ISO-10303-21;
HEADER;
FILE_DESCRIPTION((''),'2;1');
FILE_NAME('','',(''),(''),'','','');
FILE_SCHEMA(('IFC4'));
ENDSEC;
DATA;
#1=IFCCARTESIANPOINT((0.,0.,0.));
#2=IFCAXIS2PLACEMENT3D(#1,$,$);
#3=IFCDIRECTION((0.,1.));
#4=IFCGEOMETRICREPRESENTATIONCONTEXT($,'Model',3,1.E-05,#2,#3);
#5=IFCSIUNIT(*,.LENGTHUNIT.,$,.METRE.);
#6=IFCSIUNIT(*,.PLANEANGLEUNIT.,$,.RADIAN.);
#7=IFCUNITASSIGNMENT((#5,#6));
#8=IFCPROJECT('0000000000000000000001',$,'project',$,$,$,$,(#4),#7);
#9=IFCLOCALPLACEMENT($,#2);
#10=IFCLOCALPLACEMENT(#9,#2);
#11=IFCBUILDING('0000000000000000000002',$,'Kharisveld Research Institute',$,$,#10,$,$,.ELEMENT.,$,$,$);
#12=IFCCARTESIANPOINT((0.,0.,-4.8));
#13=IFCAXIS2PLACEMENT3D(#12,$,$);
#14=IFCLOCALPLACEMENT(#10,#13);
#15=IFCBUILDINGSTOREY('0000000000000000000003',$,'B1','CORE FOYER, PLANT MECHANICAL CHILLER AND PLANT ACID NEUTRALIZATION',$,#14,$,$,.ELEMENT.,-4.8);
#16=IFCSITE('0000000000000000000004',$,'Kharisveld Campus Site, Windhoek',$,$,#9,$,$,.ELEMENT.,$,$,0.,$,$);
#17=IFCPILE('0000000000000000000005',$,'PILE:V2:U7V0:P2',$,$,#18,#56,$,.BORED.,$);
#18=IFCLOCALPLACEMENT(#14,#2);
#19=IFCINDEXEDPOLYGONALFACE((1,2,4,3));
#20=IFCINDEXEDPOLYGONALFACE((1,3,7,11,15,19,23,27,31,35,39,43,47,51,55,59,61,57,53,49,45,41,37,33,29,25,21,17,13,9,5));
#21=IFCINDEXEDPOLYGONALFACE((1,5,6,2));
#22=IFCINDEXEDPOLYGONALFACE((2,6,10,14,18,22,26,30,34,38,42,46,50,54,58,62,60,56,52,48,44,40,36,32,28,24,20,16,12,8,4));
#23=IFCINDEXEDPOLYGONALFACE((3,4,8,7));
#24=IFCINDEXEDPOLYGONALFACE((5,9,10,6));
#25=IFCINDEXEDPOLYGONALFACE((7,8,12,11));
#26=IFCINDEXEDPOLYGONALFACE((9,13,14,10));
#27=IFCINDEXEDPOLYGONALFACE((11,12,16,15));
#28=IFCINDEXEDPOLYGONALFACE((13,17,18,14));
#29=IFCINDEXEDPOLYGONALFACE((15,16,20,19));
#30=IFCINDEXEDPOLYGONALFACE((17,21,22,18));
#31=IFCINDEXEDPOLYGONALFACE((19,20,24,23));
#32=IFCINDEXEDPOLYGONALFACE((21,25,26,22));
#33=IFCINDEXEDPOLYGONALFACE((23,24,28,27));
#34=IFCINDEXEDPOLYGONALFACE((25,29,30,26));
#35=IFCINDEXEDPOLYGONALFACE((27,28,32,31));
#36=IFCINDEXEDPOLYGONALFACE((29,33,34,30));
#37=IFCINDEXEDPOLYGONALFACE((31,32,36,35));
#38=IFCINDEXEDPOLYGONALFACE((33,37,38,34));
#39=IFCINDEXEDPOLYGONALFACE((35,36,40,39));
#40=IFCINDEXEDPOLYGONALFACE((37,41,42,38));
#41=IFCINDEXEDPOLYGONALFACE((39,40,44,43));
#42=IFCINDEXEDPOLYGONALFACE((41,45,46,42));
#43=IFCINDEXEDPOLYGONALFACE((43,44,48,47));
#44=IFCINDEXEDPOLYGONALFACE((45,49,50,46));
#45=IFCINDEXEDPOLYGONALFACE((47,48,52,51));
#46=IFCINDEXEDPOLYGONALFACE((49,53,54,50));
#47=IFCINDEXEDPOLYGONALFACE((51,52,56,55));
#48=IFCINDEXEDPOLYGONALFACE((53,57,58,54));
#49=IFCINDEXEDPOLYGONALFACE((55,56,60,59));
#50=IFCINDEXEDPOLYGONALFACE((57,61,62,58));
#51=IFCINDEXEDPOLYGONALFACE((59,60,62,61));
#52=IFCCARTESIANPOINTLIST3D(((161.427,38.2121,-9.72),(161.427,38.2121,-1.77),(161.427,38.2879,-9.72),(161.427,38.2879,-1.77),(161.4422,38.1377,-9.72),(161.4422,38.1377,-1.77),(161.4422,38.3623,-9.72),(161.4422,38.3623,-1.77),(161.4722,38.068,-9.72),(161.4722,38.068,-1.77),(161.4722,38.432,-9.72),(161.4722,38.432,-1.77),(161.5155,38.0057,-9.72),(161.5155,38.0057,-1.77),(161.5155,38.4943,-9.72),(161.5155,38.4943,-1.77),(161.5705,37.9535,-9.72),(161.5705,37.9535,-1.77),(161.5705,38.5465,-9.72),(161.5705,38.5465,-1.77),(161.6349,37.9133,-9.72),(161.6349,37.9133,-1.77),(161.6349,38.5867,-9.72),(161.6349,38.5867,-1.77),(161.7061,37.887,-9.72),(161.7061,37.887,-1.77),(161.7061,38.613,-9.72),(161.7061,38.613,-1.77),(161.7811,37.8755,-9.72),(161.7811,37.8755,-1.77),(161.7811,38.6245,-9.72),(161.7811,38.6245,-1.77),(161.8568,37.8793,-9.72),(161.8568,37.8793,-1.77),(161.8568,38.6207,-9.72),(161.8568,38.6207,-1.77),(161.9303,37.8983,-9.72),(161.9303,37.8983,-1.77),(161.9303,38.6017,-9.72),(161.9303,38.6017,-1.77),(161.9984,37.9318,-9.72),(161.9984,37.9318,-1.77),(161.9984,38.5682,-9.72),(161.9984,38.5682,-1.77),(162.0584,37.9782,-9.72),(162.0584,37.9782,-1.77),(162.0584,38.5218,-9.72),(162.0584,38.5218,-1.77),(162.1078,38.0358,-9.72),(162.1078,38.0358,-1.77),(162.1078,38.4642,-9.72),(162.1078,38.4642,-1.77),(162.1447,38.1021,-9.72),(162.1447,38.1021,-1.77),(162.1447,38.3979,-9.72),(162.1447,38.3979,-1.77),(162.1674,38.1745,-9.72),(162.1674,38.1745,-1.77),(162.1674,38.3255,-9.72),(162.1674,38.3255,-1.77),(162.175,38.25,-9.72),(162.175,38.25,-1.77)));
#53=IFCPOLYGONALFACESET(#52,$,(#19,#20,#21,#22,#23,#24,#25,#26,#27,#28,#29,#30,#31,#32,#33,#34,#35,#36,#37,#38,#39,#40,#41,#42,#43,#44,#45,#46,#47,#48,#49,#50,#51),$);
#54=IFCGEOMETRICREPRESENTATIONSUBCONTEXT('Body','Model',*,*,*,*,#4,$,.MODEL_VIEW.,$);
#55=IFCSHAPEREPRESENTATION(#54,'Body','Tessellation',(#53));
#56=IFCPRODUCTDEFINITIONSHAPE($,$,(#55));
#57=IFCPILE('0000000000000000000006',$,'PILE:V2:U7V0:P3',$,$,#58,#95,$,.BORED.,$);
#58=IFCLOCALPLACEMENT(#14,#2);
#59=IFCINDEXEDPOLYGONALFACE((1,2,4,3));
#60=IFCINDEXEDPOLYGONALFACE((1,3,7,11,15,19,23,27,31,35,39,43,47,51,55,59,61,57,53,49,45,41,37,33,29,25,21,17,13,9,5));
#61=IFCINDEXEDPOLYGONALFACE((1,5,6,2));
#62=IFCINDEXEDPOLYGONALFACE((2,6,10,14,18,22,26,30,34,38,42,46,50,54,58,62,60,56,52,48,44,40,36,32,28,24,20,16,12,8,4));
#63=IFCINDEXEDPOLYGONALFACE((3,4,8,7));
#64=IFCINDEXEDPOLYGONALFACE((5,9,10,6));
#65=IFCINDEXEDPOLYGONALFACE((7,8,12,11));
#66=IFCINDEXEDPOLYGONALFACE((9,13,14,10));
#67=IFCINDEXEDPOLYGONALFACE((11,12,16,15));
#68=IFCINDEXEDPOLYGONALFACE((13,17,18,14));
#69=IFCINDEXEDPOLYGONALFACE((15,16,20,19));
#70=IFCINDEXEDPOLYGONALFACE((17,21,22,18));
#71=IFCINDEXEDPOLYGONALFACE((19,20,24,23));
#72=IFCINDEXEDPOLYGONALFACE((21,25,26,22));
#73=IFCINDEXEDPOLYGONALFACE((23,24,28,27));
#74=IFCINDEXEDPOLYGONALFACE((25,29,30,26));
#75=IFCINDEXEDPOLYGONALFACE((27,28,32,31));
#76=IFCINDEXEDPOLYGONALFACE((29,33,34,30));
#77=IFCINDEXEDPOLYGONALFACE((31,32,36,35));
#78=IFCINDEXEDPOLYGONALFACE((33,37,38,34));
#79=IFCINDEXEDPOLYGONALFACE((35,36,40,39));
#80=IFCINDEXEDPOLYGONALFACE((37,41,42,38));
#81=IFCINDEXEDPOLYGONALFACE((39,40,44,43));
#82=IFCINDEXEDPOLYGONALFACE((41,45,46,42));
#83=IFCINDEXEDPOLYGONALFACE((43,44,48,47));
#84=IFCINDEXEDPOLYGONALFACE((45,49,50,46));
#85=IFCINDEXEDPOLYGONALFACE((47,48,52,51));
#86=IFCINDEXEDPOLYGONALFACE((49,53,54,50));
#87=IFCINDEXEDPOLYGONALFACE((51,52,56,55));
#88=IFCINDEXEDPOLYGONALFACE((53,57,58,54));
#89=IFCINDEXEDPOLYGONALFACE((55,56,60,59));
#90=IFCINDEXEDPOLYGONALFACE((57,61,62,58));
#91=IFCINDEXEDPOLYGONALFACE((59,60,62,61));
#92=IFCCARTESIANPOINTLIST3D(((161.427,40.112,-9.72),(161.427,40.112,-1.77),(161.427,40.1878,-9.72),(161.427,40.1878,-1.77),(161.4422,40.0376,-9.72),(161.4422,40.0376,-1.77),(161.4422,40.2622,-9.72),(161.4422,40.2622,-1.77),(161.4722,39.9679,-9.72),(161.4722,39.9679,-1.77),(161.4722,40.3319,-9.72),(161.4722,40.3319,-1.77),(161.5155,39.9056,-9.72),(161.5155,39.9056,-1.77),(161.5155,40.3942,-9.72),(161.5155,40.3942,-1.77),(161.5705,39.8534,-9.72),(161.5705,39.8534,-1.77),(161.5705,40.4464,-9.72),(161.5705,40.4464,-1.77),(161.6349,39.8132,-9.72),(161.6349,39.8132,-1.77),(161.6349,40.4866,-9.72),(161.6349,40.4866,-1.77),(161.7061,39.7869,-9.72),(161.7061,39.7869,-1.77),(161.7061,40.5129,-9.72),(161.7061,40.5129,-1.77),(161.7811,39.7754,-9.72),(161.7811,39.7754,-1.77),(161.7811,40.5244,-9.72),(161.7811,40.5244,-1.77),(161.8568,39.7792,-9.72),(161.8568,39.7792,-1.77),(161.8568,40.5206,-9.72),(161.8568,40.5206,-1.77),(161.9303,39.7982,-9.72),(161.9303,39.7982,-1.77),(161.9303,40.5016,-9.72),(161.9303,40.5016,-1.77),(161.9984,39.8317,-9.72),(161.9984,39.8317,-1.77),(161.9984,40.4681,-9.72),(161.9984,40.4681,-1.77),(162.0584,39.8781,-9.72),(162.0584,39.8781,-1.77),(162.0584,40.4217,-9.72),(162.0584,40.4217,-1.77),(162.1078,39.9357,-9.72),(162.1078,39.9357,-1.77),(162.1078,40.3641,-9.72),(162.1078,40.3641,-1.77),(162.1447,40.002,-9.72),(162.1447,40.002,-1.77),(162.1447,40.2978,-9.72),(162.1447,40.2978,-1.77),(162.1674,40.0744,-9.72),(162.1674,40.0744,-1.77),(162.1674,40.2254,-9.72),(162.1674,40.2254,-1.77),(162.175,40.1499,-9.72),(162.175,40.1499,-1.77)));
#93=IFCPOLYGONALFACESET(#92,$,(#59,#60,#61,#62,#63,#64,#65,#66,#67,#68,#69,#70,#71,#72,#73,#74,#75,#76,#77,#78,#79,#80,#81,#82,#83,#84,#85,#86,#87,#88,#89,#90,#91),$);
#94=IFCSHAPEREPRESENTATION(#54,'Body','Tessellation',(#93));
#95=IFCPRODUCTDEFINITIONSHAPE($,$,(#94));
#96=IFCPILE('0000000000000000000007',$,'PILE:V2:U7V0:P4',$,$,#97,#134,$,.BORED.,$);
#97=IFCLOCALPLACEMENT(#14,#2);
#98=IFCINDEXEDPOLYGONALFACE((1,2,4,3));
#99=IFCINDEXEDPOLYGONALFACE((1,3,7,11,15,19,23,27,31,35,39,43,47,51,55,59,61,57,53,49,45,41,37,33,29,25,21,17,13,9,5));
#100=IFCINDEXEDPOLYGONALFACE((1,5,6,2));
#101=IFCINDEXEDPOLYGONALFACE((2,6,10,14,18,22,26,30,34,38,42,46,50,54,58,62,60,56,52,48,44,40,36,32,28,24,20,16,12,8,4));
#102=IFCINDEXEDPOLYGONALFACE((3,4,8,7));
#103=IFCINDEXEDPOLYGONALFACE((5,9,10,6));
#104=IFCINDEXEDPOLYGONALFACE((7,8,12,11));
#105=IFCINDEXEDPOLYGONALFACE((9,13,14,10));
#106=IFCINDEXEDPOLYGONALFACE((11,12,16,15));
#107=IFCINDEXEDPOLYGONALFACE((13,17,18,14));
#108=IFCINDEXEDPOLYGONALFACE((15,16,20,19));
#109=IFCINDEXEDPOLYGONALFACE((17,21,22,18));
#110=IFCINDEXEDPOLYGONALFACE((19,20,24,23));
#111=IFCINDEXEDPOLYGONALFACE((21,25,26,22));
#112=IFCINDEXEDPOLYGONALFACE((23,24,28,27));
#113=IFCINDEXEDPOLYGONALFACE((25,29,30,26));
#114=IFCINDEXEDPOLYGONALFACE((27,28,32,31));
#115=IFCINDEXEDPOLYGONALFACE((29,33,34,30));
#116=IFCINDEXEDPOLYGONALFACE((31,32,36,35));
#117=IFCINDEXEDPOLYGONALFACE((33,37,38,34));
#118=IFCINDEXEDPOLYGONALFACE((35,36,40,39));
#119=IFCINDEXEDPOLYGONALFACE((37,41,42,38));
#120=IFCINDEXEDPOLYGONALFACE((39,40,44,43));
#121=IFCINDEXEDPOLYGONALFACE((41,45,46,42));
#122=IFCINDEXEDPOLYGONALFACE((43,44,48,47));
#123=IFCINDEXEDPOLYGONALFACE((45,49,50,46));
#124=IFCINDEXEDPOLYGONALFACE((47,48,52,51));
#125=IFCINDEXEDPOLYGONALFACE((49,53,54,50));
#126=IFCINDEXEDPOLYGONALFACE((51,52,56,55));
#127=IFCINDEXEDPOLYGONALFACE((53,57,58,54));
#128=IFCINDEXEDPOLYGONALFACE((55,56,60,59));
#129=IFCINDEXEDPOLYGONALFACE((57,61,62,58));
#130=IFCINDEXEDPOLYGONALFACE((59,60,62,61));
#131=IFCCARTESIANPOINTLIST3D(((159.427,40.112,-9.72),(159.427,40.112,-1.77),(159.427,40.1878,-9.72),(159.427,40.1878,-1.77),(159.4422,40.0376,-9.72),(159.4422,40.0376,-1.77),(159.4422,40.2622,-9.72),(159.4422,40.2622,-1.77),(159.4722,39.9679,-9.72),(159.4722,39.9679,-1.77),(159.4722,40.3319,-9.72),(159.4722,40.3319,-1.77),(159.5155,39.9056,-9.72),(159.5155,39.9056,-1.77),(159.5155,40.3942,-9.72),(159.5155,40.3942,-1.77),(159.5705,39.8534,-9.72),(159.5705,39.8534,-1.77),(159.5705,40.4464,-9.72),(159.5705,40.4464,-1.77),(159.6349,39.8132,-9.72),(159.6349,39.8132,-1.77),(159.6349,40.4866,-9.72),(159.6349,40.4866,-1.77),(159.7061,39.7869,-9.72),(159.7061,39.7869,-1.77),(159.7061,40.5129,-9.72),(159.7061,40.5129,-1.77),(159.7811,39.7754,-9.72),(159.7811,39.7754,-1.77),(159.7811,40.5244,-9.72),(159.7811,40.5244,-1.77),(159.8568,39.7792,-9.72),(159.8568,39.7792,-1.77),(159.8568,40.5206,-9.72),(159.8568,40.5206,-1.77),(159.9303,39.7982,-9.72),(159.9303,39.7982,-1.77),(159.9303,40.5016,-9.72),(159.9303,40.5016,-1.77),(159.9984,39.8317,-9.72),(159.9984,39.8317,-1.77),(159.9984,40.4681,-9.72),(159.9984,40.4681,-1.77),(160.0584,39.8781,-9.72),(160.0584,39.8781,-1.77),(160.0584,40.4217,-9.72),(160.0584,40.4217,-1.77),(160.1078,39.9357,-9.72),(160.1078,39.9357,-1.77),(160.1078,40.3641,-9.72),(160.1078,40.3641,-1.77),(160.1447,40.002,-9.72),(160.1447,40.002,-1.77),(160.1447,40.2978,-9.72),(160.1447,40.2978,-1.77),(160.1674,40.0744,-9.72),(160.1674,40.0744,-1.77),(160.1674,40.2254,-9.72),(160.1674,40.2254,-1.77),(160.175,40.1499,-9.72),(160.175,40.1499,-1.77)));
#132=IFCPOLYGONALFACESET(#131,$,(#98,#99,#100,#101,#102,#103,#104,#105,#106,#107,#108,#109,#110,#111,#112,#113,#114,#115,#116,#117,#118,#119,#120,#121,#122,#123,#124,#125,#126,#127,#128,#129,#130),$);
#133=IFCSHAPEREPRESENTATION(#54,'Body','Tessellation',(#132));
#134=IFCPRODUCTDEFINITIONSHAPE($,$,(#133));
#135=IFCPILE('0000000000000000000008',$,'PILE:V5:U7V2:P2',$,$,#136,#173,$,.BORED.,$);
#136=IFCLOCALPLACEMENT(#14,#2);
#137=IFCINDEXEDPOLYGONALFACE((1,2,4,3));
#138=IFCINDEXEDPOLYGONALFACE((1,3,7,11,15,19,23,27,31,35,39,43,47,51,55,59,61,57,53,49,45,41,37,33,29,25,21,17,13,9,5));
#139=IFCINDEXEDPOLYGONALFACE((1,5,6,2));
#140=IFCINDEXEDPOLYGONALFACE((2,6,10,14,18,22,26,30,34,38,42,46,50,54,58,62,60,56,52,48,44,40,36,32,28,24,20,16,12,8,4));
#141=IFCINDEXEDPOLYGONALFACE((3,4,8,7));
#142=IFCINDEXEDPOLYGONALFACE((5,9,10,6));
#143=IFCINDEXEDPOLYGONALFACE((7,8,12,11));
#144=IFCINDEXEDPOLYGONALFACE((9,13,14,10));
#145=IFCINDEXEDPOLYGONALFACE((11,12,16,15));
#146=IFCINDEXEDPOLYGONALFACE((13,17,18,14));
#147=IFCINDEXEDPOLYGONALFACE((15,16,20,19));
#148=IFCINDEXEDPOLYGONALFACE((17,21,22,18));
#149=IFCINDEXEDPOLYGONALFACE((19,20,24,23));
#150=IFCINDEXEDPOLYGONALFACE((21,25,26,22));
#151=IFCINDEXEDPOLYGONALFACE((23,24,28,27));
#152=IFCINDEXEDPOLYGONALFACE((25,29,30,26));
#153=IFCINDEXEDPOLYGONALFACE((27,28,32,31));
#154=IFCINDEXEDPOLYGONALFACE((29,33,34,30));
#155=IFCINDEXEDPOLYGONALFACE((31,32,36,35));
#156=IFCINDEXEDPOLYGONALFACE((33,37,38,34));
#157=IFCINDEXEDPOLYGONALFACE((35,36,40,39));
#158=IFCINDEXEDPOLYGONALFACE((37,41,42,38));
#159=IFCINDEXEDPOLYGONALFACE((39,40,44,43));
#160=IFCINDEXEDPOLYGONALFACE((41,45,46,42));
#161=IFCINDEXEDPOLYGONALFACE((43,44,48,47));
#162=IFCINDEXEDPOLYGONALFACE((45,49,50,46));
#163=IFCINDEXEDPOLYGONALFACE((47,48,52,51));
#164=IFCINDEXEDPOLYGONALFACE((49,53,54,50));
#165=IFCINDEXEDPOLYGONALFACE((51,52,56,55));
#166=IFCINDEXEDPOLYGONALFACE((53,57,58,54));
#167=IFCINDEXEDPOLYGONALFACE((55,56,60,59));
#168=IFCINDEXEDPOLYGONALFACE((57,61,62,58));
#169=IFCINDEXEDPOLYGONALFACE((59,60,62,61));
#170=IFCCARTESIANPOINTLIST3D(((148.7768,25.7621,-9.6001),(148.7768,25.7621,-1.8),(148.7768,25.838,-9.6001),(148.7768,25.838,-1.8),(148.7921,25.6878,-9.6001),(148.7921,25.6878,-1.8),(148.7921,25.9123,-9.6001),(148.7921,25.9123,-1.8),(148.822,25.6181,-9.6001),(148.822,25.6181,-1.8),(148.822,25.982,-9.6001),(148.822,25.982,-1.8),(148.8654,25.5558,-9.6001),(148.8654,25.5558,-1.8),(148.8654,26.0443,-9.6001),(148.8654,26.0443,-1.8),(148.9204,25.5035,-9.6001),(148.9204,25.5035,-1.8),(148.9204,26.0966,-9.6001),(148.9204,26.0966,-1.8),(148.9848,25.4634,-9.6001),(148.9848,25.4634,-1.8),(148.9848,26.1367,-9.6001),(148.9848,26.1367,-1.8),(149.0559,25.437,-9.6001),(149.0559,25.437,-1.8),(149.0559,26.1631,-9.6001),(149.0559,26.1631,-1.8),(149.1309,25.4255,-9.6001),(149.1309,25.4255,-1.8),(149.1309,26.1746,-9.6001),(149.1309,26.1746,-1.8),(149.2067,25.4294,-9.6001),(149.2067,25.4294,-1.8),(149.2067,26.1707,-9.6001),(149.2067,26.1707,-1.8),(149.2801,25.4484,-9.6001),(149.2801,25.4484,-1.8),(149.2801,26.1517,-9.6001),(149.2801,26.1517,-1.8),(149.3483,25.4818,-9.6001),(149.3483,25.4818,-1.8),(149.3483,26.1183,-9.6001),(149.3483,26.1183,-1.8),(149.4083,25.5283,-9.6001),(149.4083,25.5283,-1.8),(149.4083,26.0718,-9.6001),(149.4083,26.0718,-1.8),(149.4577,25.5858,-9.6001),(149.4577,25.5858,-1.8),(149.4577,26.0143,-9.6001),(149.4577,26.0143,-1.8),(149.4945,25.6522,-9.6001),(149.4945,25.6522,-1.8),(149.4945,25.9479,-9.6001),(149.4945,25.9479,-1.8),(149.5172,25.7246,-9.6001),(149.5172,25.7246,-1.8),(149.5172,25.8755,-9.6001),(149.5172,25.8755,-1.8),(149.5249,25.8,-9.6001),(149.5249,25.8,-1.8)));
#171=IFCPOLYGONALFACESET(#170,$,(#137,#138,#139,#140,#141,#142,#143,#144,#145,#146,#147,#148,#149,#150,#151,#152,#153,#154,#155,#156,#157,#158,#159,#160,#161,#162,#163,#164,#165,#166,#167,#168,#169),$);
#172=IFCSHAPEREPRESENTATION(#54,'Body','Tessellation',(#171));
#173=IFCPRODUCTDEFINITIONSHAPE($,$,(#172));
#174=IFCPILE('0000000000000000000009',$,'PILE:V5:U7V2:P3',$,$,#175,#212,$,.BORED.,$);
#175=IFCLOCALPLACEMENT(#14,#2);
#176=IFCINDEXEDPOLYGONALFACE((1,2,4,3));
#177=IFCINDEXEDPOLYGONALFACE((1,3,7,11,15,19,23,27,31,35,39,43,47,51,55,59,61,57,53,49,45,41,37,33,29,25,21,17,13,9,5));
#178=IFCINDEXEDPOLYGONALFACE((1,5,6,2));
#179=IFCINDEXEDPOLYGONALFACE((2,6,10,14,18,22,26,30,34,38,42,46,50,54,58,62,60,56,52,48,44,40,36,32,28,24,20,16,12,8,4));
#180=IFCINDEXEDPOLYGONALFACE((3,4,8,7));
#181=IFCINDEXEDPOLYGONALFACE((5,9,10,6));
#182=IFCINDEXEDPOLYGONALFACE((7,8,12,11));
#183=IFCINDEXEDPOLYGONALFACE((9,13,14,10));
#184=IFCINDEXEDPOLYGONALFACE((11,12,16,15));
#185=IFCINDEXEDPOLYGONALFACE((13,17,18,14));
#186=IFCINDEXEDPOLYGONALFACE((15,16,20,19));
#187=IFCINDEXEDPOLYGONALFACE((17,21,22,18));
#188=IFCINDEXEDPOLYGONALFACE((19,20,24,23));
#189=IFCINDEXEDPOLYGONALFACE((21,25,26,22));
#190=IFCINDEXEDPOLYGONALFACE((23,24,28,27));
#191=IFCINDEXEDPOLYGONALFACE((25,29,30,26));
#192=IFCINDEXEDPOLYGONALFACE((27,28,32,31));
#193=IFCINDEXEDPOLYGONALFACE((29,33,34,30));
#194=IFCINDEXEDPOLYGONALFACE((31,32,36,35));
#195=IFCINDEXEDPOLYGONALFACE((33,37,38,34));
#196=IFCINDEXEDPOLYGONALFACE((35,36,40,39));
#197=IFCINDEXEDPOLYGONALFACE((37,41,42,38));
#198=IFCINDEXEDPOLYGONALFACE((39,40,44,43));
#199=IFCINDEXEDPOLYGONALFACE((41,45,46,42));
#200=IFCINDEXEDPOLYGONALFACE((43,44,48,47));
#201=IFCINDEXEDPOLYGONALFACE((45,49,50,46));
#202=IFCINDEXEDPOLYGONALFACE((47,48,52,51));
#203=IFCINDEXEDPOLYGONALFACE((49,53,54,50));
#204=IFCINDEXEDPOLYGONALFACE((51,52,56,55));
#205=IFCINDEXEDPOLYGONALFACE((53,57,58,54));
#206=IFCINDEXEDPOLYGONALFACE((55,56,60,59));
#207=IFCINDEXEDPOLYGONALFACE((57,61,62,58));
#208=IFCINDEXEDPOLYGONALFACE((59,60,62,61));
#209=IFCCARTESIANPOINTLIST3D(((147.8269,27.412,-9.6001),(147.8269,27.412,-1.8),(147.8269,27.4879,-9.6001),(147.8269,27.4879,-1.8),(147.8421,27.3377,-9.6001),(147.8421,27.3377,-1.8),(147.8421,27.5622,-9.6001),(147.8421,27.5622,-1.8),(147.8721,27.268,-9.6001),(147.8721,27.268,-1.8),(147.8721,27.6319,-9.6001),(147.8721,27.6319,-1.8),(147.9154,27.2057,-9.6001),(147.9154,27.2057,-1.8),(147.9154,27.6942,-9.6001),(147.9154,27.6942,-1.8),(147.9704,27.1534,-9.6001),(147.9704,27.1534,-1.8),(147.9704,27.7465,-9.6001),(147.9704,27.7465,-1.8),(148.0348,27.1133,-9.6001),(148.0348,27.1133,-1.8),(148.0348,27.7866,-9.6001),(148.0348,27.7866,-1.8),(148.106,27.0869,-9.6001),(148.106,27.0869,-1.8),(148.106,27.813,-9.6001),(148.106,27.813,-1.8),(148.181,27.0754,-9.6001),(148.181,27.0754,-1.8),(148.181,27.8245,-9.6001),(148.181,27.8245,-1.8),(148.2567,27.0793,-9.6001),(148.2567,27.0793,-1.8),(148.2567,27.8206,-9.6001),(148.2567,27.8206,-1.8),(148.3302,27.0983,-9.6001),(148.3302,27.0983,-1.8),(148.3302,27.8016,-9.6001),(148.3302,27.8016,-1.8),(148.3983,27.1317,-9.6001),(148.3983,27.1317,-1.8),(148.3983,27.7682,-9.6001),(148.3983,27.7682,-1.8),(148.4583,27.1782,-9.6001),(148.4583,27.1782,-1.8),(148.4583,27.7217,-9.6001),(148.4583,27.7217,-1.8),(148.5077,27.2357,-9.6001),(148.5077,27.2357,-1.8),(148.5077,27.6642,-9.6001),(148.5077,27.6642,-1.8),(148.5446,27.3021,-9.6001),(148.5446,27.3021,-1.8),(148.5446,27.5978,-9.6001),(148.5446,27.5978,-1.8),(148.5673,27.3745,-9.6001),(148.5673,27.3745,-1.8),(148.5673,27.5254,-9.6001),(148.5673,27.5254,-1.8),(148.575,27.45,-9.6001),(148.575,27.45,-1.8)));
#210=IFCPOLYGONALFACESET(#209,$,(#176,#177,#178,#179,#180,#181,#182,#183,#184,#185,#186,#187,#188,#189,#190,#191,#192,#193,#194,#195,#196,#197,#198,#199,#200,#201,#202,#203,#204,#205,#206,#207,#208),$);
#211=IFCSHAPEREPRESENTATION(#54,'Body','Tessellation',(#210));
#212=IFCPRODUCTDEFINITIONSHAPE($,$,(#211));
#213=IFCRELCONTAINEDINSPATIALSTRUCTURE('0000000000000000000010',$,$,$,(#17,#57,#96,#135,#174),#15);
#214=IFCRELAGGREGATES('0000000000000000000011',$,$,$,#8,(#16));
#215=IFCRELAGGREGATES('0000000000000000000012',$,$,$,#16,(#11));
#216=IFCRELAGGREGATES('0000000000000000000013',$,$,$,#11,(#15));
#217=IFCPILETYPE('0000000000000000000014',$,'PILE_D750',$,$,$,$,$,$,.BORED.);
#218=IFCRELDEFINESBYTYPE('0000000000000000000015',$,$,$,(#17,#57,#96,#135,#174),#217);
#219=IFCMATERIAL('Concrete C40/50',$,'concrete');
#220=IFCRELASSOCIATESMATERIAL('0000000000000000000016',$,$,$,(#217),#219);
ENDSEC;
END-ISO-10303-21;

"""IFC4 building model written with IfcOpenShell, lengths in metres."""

from ifc_helpers import new_model, si_unit, direction, frame, origin, origin_2d, place, context, subcontext, project, spatial, circle, extrude, material, material_profile, profile_set, type_object, element, save


model = new_model("IFC4")

# Units and contexts
model_context = context("Model", 3, precision=1e-05, world=origin(), true_north=direction((0.0, 1.0)))
body_context = subcontext(model_context, "Body", "Model", "MODEL_VIEW")
ifc_project = project(units=[si_unit("LENGTHUNIT", "METRE"), si_unit("PLANEANGLEUNIT", "RADIAN")], contexts=[model_context])

# Site, building, storey
site_placement = place(None, origin())
site = spatial("IfcSite", under=ifc_project, at=site_placement, Name="Kharisveld Campus Site, Windhoek", CompositionType="ELEMENT", RefElevation=0.0)
building_placement = place(site_placement, origin())
building = spatial("IfcBuilding", under=site, at=building_placement, Name="Kharisveld Research Institute", CompositionType="ELEMENT")
storey_placement = place(building_placement, frame((0.0, 0.0, -4.8)))
storey = spatial("IfcBuildingStorey", under=building, at=storey_placement, Name="B1", Description="CORE FOYER, PLANT MECHANICAL CHILLER AND PLANT ACID NEUTRALIZATION", CompositionType="ELEMENT", Elevation=-4.8)

# Piles
ifc_material_1 = material(Name="Concrete C40/50", Category="concrete")
ifc_material_profile_1 = material_profile(ifc_material_1, circle(Radius=0.375, at=origin_2d()))
ifc_profile_set_1 = profile_set([ifc_material_profile_1], Name="Concrete C40/50")
pile_type_1 = type_object("IfcPileType", Name="PILE_D750", PredefinedType="BORED", material=ifc_profile_set_1)
for number, where, z_axis, x_axis, name in (
    (1, (161.8, 38.25, -1.77), (0.0, 0.0, -1.0), (1.0, 0.0, 0.0), "PILE:V2:U7V0:P2"),
    (2, (161.8, 40.1499, -1.77), (0.0, 0.0, -1.0), (1.0, 0.0, 0.0), "PILE:V2:U7V0:P3"),
    (3, (159.8, 40.1499, -1.77), (0.0, 0.0, -1.0), (1.0, 0.0, 0.0), "PILE:V2:U7V0:P4"),
):
    element("IfcPile", number, at=place(storey_placement, frame(where, z_axis=z_axis, x_axis=x_axis)), inside=storey, type_object=pile_type_1, Name=name, PredefinedType="BORED", context=body_context, shape_type="SweptSolid", body=[
        extrude(circle(Radius=0.375, at=origin_2d()), origin(), (0.0, 0.0, 1.0), 7.95),
    ])
for number, where, z_axis, x_axis, name in (
    (4, (149.1499, 25.8, -1.8), (0.0, 0.0, -1.0), (1.0, 0.0, 0.0), "PILE:V5:U7V2:P2"),
    (5, (148.2, 27.45, -1.8), (0.0, 0.0, -1.0), (1.0, 0.0, 0.0), "PILE:V5:U7V2:P3"),
):
    element("IfcPile", number, at=place(storey_placement, frame(where, z_axis=z_axis, x_axis=x_axis)), inside=storey, type_object=pile_type_1, Name=name, PredefinedType="BORED", context=body_context, shape_type="SweptSolid", body=[
        extrude(circle(Radius=0.375, at=origin_2d()), origin(), (0.0, 0.0, 1.0), 7.8),
    ])

save(model, "model.ifc")
